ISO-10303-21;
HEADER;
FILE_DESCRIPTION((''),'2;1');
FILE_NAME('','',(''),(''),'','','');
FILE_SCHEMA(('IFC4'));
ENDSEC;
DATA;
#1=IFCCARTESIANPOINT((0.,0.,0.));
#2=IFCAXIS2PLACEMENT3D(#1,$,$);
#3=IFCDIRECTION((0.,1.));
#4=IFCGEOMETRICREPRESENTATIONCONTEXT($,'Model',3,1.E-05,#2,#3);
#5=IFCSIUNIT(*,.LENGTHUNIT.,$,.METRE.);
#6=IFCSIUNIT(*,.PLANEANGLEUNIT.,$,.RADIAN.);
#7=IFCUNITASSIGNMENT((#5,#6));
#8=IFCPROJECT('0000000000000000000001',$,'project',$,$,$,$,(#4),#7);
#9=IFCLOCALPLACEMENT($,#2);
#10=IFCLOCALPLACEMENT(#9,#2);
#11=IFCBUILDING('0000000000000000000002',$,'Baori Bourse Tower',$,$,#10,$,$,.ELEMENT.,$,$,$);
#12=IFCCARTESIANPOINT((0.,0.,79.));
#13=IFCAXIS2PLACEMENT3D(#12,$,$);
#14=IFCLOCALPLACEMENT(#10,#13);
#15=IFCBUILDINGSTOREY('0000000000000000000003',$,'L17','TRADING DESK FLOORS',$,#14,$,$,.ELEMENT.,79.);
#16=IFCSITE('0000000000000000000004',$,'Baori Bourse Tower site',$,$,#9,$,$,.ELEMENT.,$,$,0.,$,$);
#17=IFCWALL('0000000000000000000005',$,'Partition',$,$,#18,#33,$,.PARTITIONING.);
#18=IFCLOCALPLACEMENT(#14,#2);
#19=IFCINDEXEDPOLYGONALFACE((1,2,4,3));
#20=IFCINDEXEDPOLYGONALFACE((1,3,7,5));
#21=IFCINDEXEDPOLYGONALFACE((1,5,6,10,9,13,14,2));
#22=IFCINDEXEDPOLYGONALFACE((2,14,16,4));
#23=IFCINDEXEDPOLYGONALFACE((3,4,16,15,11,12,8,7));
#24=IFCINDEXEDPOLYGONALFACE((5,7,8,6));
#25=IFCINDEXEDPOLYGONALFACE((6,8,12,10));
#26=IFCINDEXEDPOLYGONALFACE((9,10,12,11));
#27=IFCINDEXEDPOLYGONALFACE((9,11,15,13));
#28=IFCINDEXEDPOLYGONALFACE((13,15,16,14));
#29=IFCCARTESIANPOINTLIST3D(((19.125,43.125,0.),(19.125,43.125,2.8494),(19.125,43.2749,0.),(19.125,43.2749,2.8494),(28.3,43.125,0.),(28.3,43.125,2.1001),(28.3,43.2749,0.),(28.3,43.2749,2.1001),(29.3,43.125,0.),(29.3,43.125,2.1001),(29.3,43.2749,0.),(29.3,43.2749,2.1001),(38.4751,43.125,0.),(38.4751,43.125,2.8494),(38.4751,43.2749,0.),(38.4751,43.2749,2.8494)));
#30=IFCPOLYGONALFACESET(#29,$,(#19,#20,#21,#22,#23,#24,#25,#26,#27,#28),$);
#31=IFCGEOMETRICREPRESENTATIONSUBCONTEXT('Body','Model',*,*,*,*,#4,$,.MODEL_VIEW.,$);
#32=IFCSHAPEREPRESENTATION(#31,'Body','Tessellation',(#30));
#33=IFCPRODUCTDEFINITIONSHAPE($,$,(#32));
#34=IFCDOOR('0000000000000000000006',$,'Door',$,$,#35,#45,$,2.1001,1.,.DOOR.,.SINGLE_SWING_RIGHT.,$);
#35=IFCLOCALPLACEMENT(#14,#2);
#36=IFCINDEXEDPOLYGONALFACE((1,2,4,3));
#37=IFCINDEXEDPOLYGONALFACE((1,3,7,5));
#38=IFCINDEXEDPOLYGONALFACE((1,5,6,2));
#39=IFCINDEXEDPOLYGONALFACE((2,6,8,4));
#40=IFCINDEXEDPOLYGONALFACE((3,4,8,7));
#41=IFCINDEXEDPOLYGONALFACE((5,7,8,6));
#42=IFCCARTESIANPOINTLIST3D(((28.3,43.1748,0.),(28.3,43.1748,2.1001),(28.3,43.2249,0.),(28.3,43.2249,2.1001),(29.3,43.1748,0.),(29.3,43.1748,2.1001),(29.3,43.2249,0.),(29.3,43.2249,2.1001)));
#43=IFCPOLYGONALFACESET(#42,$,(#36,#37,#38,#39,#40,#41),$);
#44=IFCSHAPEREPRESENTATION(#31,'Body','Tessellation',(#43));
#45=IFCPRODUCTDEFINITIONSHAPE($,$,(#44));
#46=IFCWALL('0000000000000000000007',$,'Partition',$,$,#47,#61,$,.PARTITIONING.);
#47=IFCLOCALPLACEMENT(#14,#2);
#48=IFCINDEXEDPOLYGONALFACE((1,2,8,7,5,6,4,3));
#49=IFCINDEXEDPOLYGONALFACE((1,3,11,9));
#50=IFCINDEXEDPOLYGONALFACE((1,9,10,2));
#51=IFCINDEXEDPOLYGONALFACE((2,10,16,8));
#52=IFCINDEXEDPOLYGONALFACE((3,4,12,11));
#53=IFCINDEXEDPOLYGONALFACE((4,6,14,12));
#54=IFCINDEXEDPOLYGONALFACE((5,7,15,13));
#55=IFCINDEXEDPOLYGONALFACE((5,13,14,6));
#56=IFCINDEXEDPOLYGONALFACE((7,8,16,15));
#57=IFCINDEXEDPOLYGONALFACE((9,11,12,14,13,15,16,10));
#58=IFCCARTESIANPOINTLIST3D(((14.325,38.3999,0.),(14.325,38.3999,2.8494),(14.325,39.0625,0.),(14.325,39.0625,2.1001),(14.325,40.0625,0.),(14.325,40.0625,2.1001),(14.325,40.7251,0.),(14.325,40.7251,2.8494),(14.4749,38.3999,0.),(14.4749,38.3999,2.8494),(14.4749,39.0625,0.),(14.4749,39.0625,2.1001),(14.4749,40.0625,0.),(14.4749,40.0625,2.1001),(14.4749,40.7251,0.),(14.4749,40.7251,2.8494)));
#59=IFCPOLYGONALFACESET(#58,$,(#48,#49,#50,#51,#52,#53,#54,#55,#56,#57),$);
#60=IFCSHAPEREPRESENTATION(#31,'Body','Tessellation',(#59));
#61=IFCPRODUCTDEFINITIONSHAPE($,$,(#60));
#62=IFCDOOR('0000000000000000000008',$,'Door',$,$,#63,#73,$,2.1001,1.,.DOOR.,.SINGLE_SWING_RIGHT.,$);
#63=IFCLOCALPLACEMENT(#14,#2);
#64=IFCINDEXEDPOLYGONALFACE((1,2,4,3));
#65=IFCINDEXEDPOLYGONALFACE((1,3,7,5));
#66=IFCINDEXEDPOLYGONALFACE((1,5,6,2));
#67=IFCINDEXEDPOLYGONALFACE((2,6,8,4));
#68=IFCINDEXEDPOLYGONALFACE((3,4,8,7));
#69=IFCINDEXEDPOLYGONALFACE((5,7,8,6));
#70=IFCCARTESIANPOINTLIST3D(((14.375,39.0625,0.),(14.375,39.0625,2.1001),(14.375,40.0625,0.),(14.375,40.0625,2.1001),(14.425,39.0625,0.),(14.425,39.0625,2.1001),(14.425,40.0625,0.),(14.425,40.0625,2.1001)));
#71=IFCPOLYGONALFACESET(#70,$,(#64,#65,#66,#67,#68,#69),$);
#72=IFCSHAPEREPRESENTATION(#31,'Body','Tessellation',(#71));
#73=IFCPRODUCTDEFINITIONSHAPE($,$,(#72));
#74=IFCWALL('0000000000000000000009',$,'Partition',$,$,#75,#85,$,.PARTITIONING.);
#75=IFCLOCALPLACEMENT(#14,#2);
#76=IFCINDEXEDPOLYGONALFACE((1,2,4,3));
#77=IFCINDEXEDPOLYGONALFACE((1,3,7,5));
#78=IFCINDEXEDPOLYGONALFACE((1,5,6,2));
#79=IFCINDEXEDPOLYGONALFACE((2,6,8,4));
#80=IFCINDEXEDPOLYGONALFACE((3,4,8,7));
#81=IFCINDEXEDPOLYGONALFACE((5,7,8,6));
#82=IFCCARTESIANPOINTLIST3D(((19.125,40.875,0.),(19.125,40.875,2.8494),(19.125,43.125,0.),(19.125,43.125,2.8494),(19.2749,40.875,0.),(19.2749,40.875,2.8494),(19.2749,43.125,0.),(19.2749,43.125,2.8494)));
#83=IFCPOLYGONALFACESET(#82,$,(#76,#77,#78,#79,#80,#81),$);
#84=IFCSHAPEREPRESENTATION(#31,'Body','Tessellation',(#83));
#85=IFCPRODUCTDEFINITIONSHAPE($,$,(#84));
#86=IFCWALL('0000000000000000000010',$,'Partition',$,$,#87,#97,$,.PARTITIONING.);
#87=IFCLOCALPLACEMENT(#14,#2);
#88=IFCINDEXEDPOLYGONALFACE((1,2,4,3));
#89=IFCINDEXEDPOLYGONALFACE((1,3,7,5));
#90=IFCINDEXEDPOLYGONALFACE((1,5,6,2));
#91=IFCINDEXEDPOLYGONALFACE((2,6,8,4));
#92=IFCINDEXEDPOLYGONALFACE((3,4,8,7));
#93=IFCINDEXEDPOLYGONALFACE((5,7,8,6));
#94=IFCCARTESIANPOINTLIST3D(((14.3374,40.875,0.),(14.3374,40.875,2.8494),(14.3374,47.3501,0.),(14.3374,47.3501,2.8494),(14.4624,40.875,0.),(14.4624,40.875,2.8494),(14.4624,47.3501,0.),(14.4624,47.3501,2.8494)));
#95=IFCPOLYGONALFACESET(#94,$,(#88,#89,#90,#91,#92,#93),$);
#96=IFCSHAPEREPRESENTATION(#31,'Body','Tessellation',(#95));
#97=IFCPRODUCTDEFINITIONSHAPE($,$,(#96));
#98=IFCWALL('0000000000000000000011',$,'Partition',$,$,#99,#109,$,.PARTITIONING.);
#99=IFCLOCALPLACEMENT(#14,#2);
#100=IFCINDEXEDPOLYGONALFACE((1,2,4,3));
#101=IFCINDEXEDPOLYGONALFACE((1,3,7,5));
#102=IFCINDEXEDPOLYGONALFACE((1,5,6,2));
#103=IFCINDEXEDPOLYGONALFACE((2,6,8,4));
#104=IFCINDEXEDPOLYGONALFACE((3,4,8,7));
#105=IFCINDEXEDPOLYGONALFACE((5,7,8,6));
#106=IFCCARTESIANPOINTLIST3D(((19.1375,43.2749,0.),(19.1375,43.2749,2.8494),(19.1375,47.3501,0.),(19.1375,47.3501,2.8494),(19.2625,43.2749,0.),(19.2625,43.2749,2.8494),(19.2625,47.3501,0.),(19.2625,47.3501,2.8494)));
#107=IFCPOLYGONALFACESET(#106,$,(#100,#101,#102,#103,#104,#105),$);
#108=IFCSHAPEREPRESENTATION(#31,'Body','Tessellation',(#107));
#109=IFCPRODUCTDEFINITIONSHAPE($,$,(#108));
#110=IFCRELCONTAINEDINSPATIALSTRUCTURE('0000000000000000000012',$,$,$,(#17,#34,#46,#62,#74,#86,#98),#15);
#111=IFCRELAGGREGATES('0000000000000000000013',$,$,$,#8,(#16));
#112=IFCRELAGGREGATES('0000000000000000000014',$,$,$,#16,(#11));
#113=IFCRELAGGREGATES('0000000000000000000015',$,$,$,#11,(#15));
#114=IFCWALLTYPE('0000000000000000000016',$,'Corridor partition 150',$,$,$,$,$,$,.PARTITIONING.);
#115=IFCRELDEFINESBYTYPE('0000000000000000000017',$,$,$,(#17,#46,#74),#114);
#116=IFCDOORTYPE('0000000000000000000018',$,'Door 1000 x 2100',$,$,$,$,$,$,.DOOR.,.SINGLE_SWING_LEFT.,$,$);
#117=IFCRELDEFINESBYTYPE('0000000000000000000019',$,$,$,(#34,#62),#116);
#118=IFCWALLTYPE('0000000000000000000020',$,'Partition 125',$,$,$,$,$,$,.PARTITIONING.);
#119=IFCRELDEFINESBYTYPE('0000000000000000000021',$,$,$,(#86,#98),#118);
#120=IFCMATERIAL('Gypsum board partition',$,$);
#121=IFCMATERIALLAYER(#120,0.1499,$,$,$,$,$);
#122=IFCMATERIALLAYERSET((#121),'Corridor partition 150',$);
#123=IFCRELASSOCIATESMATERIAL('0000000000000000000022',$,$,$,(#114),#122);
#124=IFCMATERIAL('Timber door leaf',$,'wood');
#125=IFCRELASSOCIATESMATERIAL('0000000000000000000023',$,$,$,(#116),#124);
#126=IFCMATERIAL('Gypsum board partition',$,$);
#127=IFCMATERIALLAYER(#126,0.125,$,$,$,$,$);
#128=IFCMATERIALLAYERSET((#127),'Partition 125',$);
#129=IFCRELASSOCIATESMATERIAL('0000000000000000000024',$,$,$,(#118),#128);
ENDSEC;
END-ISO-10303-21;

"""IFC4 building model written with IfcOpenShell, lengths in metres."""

from ifc_helpers import new_model, si_unit, direction, frame, frame_2d, origin, place, context, subcontext, project, spatial, rectangle, extrude, material, layer, layer_set, type_object, element, fill, save


model = new_model("IFC4")

# Units and contexts
model_context = context("Model", 3, precision=1e-05, world=origin(), true_north=direction((0.0, 1.0)))
body_context = subcontext(model_context, "Body", "Model", "MODEL_VIEW")
ifc_project = project(units=[si_unit("LENGTHUNIT", "METRE"), si_unit("PLANEANGLEUNIT", "RADIAN")], contexts=[model_context])

# Site, building, storey
site_placement = place(None, origin())
site = spatial("IfcSite", under=ifc_project, at=site_placement, Name="Baori Bourse Tower site", CompositionType="ELEMENT", RefElevation=0.0)
building_placement = place(site_placement, origin())
building = spatial("IfcBuilding", under=site, at=building_placement, Name="Baori Bourse Tower", CompositionType="ELEMENT")
storey_placement = place(building_placement, frame((0.0, 0.0, 79.0)))
storey = spatial("IfcBuildingStorey", under=building, at=storey_placement, Name="L17", Description="TRADING DESK FLOORS", CompositionType="ELEMENT", Elevation=79.0)

# Shared definitions
ifc_material_1 = material(Name="Gypsum board partition")
ifc_layer_1 = layer(ifc_material_1, 0.1499)
ifc_layer_set_1 = layer_set([ifc_layer_1], Name="Corridor partition 150")
wall_type_1 = type_object("IfcWallType", Name="Corridor partition 150", PredefinedType="PARTITIONING", material=ifc_layer_set_1)
ifc_material_2 = material(Name="Timber door leaf", Category="wood")
door_type_1 = type_object("IfcDoorType", Name="Door 1000 x 2100", OperationType="SINGLE_SWING_LEFT", PredefinedType="DOOR", material=ifc_material_2)

# Walls, openings, doors
wall_1_placement = place(storey_placement, frame((19.125, 43.2, 0.0), z_axis=(0.0, 0.0, 1.0), x_axis=(1.0, 0.0, 0.0)))
wall_1 = element("IfcWall", 1, at=wall_1_placement, inside=storey, type_object=wall_type_1, Name="Partition", PredefinedType="PARTITIONING", context=body_context, shape_type="SweptSolid", body=[
    extrude(rectangle(XDim=19.3501, YDim=0.1499, at=frame_2d((9.675, 0.0))), origin(), (0.0, 0.0, 1.0), 2.8494),
])
opening_1_placement = place(wall_1_placement, frame((9.175, 0.0, 0.0)))
opening_1 = element("IfcOpeningElement", 2, at=opening_1_placement, cuts=wall_1, PredefinedType="OPENING", context=body_context, shape_type="SweptSolid", body=[
    extrude(rectangle(XDim=1.0, YDim=2.1001, at=frame_2d((0.5, 1.05))), frame((0.0, 0.085, 0.0), z_axis=(0.0, -1.0, 0.0), x_axis=(1.0, 0.0, 0.0)), (0.0, 0.0, 1.0), 0.1699),
])
door_1_placement = place(opening_1_placement, origin())
door_1 = element("IfcDoor", 3, at=door_1_placement, inside=storey, type_object=door_type_1, Name="Door", OperationType="SINGLE_SWING_RIGHT", OverallHeight=2.1001, OverallWidth=1.0, PredefinedType="DOOR", context=body_context, shape_type="SweptSolid", body=[
    extrude(rectangle(XDim=1.0, YDim=2.1001, at=frame_2d((0.5, 1.05))), frame((0.0, 0.0249, 0.0), z_axis=(0.0, -1.0, 0.0), x_axis=(1.0, 0.0, 0.0)), (0.0, 0.0, 1.0), 0.05),
])
fill(opening_1, door_1)
wall_2_placement = place(storey_placement, frame((14.3999, 38.3999, 0.0), z_axis=(0.0, 0.0, 1.0), x_axis=(0.0, 1.0, 0.0)))
wall_2 = element("IfcWall", 4, at=wall_2_placement, inside=storey, type_object=wall_type_1, Name="Partition", PredefinedType="PARTITIONING", context=body_context, shape_type="SweptSolid", body=[
    extrude(rectangle(XDim=2.3252, YDim=0.1499, at=frame_2d((1.1626, 0.0))), origin(), (0.0, 0.0, 1.0), 2.8494),
])
opening_2_placement = place(wall_2_placement, frame((0.6626, 0.0, 0.0)))
opening_2 = element("IfcOpeningElement", 5, at=opening_2_placement, cuts=wall_2, PredefinedType="OPENING", context=body_context, shape_type="SweptSolid", body=[
    extrude(rectangle(XDim=1.0, YDim=2.1001, at=frame_2d((0.5, 1.05))), frame((0.0, 0.085, 0.0), z_axis=(0.0, -1.0, 0.0), x_axis=(1.0, 0.0, 0.0)), (0.0, 0.0, 1.0), 0.1699),
])
door_2_placement = place(opening_2_placement, origin())
door_2 = element("IfcDoor", 6, at=door_2_placement, inside=storey, type_object=door_type_1, Name="Door", OperationType="SINGLE_SWING_RIGHT", OverallHeight=2.1001, OverallWidth=1.0, PredefinedType="DOOR", context=body_context, shape_type="SweptSolid", body=[
    extrude(rectangle(XDim=1.0, YDim=2.1001, at=frame_2d((0.5, 1.05))), frame((0.0, 0.0249, 0.0), z_axis=(0.0, -1.0, 0.0), x_axis=(1.0, 0.0, 0.0)), (0.0, 0.0, 1.0), 0.05),
])
fill(opening_2, door_2)

# Walls
wall_3_placement = place(storey_placement, frame((19.2, 40.875, 0.0), z_axis=(0.0, 0.0, 1.0), x_axis=(0.0, 1.0, 0.0)))
element("IfcWall", 7, at=wall_3_placement, inside=storey, type_object=wall_type_1, Name="Partition", PredefinedType="PARTITIONING", context=body_context, shape_type="SweptSolid", body=[
    extrude(rectangle(XDim=2.25, YDim=0.1499, at=frame_2d((1.125, 0.0))), origin(), (0.0, 0.0, 1.0), 2.8494),
])
ifc_material_3 = material(Name="Gypsum board partition")
ifc_layer_2 = layer(ifc_material_3, 0.125)
ifc_layer_set_2 = layer_set([ifc_layer_2], Name="Partition 125")
wall_type_2 = type_object("IfcWallType", Name="Partition 125", PredefinedType="PARTITIONING", material=ifc_layer_set_2)
wall_4_placement = place(storey_placement, frame((14.3999, 40.875, 0.0), z_axis=(0.0, 0.0, 1.0), x_axis=(0.0, 1.0, 0.0)))
element("IfcWall", 8, at=wall_4_placement, inside=storey, type_object=wall_type_2, Name="Partition", PredefinedType="PARTITIONING", context=body_context, shape_type="SweptSolid", body=[
    extrude(rectangle(XDim=6.4751, YDim=0.125, at=frame_2d((3.2375, 0.0))), origin(), (0.0, 0.0, 1.0), 2.8494),
])
wall_5_placement = place(storey_placement, frame((19.2, 43.2749, 0.0), z_axis=(0.0, 0.0, 1.0), x_axis=(0.0, 1.0, 0.0)))
element("IfcWall", 9, at=wall_5_placement, inside=storey, type_object=wall_type_2, Name="Partition", PredefinedType="PARTITIONING", context=body_context, shape_type="SweptSolid", body=[
    extrude(rectangle(XDim=4.0752, YDim=0.125, at=frame_2d((2.0376, 0.0))), origin(), (0.0, 0.0, 1.0), 2.8494),
])

save(model, "model.ifc")
